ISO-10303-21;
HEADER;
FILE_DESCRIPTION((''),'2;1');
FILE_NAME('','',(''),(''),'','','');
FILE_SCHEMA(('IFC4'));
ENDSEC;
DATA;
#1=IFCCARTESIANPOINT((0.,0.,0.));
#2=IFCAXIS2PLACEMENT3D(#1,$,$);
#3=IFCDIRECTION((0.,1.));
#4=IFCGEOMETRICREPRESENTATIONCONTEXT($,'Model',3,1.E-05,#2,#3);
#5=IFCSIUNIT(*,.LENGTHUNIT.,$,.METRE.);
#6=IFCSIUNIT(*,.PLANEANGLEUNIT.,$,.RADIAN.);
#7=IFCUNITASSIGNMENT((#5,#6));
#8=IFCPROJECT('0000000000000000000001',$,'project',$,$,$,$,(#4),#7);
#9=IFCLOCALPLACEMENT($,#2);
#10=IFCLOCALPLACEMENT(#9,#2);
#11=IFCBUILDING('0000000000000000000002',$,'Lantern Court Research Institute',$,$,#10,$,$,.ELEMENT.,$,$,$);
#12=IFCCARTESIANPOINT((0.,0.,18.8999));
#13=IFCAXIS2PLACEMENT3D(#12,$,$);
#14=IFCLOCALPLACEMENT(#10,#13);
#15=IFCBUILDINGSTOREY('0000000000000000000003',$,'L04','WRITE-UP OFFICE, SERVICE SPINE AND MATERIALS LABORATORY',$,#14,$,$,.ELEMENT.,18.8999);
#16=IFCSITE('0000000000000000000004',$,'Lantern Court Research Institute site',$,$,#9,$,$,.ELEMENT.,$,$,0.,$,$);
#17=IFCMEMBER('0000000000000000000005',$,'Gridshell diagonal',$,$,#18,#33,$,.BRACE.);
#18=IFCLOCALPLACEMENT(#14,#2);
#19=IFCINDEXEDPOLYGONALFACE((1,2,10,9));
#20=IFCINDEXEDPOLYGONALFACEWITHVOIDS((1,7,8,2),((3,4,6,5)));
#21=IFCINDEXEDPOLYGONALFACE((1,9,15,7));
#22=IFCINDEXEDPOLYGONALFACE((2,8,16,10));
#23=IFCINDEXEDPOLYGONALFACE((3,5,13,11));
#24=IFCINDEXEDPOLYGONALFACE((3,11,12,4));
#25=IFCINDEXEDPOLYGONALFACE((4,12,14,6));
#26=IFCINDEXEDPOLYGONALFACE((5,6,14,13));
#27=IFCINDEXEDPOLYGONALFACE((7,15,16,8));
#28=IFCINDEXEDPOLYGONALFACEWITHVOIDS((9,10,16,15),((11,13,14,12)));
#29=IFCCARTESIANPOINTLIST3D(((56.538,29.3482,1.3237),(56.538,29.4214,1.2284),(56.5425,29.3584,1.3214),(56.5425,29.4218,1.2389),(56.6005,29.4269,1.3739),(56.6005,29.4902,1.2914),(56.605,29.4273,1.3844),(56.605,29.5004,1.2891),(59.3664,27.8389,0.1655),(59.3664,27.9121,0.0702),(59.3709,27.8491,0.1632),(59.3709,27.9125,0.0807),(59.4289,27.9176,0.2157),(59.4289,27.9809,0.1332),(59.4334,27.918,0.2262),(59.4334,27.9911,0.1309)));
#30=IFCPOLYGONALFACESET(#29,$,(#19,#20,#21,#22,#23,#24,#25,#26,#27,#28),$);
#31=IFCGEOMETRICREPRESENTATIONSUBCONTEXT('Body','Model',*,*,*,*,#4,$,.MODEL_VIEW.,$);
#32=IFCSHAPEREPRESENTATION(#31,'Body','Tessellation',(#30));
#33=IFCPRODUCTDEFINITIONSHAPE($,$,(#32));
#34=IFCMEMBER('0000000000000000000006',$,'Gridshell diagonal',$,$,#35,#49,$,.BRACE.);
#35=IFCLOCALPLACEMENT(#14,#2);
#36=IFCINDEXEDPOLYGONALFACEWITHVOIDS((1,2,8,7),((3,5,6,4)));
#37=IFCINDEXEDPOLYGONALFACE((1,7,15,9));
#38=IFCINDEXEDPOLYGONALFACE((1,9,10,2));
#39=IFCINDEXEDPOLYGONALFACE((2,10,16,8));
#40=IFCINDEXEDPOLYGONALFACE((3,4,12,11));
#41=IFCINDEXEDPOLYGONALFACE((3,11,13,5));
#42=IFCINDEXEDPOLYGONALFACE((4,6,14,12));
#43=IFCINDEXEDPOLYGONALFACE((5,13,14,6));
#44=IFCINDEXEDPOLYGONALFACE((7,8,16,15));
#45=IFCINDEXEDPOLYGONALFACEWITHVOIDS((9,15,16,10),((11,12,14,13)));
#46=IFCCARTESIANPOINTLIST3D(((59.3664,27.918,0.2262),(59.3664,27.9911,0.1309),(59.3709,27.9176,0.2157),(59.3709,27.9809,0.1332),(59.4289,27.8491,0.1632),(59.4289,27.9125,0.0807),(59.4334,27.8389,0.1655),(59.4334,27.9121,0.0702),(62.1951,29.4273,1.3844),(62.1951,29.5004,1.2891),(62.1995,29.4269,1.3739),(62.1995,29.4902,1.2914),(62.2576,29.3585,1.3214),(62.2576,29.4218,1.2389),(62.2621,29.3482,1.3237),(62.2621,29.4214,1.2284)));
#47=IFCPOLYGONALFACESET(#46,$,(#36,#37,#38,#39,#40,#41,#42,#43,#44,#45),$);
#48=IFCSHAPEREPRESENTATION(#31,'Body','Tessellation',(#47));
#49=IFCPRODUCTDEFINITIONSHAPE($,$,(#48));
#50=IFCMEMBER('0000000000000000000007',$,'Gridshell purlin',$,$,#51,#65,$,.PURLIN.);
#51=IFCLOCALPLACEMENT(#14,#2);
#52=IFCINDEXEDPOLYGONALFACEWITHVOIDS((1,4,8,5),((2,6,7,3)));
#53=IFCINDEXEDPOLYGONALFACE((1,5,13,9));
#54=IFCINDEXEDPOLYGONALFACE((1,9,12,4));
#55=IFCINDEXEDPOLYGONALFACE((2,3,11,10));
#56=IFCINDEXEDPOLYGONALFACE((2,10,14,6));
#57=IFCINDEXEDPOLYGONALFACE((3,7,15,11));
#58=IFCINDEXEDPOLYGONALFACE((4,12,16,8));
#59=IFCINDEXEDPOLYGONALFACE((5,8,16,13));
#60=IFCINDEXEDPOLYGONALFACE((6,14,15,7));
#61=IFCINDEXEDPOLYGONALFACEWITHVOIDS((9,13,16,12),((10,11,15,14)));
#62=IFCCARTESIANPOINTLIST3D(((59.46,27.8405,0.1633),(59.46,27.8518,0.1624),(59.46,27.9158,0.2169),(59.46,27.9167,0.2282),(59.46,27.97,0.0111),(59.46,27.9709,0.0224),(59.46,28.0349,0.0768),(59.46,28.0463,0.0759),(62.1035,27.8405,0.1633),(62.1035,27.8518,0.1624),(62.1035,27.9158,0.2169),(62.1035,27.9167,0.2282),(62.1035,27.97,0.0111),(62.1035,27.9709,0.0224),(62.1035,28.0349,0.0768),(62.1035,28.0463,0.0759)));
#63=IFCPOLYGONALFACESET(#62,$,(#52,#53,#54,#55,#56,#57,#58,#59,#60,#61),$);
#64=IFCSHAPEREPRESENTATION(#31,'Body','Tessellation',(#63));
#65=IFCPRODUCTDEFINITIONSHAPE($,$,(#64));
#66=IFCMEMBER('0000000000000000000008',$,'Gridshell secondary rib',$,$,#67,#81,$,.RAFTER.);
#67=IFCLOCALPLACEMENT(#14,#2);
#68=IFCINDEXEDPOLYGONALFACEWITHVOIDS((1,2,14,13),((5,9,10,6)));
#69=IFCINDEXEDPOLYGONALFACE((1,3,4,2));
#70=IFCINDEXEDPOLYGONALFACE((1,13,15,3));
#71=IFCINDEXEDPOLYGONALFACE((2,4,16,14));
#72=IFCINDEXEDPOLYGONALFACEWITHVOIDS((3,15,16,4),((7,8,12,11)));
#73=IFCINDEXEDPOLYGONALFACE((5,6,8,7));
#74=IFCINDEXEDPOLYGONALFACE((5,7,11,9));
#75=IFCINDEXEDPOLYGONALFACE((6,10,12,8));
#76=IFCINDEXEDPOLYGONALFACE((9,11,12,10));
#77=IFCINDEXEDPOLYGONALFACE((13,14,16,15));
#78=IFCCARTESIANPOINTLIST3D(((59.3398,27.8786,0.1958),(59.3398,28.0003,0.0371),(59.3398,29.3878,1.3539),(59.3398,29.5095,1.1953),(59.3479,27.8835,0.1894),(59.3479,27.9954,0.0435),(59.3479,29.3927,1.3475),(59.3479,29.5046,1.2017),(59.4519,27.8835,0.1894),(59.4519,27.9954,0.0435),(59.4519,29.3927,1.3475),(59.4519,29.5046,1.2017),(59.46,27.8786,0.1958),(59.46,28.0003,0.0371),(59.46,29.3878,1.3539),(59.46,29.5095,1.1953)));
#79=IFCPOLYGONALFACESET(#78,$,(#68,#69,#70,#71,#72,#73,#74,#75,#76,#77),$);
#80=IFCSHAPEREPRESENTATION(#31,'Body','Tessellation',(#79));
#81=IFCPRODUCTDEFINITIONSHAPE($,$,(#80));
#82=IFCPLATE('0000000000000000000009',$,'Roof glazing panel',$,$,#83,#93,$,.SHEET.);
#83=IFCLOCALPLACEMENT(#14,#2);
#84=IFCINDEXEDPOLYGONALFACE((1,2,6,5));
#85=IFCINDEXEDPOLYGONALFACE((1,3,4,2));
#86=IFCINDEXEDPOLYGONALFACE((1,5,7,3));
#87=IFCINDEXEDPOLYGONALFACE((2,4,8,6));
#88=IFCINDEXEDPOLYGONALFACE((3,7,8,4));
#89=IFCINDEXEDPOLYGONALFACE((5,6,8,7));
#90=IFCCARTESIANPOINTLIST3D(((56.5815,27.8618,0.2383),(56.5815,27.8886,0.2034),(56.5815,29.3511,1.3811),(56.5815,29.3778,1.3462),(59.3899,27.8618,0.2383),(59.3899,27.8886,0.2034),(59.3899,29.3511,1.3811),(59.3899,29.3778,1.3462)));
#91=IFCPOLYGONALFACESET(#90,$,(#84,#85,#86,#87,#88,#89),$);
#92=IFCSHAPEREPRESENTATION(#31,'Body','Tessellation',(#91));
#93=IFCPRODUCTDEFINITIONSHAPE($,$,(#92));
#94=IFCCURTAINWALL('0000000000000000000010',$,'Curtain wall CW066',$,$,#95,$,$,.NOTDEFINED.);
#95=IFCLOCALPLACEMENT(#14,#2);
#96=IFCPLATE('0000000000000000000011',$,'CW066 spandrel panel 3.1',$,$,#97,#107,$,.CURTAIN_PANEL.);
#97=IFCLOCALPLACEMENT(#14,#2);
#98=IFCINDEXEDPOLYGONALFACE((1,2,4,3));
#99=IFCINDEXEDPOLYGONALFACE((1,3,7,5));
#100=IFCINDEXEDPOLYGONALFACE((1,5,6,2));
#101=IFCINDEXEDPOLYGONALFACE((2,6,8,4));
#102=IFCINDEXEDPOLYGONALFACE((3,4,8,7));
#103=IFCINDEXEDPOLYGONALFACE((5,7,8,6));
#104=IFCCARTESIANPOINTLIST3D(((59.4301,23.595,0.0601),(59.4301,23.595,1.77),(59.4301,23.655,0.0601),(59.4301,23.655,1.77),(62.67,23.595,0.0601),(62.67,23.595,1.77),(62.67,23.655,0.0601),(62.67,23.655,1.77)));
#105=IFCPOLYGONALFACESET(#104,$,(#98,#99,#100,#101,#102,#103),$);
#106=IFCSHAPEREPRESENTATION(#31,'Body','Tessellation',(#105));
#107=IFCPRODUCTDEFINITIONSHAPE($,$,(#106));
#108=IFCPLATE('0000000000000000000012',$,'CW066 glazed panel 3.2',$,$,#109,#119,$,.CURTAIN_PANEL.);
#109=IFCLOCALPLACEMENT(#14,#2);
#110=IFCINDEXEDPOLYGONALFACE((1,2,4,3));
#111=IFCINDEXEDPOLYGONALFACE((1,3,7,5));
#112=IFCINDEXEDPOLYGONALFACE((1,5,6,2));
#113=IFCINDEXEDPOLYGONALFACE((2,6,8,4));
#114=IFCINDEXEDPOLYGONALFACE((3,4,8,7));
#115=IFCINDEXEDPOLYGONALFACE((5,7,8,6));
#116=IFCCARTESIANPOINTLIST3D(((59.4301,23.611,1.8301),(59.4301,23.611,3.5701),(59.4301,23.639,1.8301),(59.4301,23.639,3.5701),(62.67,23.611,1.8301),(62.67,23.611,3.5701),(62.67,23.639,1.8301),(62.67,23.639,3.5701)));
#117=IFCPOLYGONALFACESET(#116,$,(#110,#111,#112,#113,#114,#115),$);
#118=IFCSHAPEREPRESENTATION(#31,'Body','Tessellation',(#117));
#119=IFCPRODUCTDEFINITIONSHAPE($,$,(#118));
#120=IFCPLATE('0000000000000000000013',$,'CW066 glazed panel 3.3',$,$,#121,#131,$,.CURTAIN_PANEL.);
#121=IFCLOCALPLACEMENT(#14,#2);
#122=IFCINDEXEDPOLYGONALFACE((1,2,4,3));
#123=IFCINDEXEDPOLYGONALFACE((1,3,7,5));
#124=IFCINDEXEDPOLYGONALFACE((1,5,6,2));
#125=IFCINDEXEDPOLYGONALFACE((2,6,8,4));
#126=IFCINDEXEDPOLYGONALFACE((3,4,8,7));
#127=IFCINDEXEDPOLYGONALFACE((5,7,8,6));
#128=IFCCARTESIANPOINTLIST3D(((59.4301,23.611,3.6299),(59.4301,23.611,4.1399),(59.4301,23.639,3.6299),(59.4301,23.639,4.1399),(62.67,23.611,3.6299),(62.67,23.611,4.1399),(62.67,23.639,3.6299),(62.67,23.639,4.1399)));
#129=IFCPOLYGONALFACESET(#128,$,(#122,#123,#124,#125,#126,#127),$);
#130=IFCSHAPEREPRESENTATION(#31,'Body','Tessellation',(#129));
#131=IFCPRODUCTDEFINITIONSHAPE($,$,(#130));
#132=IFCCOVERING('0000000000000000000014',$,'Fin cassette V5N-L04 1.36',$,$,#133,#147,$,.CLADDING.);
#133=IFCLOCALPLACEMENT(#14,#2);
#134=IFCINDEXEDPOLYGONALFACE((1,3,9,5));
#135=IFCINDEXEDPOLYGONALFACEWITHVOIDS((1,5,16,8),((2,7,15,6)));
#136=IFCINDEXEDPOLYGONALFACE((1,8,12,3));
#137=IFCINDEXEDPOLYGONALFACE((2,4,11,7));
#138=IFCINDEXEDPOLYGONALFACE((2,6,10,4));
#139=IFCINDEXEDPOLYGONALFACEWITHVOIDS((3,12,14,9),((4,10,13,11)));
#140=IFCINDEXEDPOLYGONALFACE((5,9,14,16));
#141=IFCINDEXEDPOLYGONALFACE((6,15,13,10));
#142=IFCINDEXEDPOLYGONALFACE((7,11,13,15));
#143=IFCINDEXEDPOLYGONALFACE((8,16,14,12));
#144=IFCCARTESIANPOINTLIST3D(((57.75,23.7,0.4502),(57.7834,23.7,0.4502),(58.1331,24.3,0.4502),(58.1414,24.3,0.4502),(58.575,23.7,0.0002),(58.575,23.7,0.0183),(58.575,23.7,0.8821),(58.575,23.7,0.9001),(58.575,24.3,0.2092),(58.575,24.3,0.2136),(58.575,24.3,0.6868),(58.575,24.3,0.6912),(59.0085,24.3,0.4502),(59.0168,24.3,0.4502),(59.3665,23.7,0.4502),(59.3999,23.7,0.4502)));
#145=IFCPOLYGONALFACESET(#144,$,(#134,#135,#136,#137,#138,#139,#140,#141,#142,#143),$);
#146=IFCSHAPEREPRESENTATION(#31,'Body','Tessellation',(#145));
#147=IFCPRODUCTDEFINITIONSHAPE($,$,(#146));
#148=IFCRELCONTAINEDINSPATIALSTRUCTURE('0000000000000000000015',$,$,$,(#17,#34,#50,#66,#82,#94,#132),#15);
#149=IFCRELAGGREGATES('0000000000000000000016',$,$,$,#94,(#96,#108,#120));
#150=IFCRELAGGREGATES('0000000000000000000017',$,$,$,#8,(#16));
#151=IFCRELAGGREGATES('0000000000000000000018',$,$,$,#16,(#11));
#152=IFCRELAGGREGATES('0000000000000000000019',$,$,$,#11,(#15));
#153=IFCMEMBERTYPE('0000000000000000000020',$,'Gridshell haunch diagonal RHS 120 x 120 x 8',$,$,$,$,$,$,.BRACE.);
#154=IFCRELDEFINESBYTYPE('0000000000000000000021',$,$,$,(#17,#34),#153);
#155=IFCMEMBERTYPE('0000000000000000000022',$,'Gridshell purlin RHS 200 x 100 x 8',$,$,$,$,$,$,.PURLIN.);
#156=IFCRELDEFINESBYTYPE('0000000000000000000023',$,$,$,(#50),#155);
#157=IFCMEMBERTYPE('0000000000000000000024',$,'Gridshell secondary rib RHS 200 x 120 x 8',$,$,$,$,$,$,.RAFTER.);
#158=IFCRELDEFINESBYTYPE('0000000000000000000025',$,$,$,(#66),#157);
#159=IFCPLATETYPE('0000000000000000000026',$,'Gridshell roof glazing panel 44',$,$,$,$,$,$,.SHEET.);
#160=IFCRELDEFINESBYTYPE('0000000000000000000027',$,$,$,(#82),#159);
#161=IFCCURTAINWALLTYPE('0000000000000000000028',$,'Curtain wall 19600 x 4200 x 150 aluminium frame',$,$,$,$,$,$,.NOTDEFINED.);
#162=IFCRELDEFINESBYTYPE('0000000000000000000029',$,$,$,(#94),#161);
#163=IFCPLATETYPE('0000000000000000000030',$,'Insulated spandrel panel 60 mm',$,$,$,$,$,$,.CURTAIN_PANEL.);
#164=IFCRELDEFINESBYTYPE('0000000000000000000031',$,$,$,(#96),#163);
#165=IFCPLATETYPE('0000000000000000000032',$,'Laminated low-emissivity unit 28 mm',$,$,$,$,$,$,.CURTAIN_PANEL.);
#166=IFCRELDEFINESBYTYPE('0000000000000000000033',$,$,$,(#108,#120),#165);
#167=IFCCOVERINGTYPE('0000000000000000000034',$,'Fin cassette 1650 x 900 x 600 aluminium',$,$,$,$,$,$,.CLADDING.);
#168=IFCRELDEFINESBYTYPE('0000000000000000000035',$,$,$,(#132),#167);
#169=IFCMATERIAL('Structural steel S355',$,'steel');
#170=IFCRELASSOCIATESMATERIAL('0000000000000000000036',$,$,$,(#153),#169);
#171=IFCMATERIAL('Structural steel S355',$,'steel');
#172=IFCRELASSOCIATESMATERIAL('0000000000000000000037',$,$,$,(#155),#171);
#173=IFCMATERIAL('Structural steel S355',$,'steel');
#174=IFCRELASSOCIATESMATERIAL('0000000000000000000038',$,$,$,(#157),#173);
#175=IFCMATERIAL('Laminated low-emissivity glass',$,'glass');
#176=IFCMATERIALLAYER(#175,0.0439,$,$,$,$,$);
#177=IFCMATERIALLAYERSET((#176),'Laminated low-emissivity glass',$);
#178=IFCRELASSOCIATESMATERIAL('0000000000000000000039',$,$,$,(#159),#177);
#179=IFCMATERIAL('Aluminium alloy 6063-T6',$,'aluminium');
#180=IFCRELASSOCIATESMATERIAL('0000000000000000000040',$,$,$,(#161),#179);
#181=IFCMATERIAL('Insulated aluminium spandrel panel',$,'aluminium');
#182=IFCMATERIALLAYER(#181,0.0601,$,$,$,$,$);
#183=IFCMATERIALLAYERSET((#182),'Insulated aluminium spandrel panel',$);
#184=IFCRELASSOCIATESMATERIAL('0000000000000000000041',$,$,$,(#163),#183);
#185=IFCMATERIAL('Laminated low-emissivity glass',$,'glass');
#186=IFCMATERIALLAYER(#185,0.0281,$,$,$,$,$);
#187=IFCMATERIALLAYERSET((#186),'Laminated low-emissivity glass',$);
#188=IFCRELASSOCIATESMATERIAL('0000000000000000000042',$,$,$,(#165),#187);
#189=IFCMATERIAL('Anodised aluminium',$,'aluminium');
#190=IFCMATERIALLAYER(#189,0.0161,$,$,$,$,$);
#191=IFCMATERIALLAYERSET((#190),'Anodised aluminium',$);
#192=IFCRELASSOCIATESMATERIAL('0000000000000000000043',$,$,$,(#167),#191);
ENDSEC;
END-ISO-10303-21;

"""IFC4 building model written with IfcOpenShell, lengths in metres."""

from ifc_helpers import new_model, entity, si_unit, direction, frame, origin, origin_2d, place, context, subcontext, project, spatial, polyline, rectangle, hollow_rectangle, outline, extrude, material, layer, layer_set, material_profile, profile_set, type_object, element, aggregate, save


model = new_model("IFC4")

# Units and contexts
model_context = context("Model", 3, precision=1e-05, world=origin(), true_north=direction((0.0, 1.0)))
body_context = subcontext(model_context, "Body", "Model", "MODEL_VIEW")
ifc_project = project(units=[si_unit("LENGTHUNIT", "METRE"), si_unit("PLANEANGLEUNIT", "RADIAN")], contexts=[model_context])

# Site, building, storey
site_placement = place(None, origin())
site = spatial("IfcSite", under=ifc_project, at=site_placement, Name="Lantern Court Research Institute site", CompositionType="ELEMENT", RefElevation=0.0)
building_placement = place(site_placement, origin())
building = spatial("IfcBuilding", under=site, at=building_placement, Name="Lantern Court Research Institute", CompositionType="ELEMENT")
storey_placement = place(building_placement, frame((0.0, 0.0, 18.8999)))
storey = spatial("IfcBuildingStorey", under=building, at=storey_placement, Name="L04", Description="WRITE-UP OFFICE, SERVICE SPINE AND MATERIALS LABORATORY", CompositionType="ELEMENT", Elevation=18.8999)

# Members
ifc_material_1 = material(Name="Structural steel S355", Category="steel")
ifc_material_profile_1 = material_profile(ifc_material_1, hollow_rectangle(XDim=0.1201, YDim=0.1201, WallThickness=0.0081, at=origin_2d()), Name="Gridshell haunch diagonal RHS 120 x 120 x 8")
ifc_profile_set_1 = profile_set([ifc_material_profile_1], Name="Structural steel S355")
member_type_1 = type_object("IfcMemberType", Name="Gridshell haunch diagonal RHS 120 x 120 x 8", PredefinedType="BRACE", material=ifc_profile_set_1)
member_1_placement = place(storey_placement, frame((59.3999, 27.915, 0.1482), z_axis=(-0.829758, 0.442776, 0.339782), x_axis=(-0.558124, -0.658254, -0.505172)))
element("IfcMember", 1, at=member_1_placement, inside=storey, type_object=member_type_1, Name="Gridshell diagonal", PredefinedType="BRACE", context=body_context, shape_type="SweptSolid", body=[
    extrude(hollow_rectangle(XDim=0.1201, YDim=0.1201, WallThickness=0.0081, at=origin_2d()), origin(), (0.0, 0.0, 1.0), 3.4087),
])
member_2_placement = place(storey_placement, frame((59.3999, 27.915, 0.1482), z_axis=(0.82978, 0.44275, 0.339761), x_axis=(-0.558091, 0.65828, 0.505176)))
element("IfcMember", 2, at=member_2_placement, inside=storey, type_object=member_type_1, Name="Gridshell diagonal", PredefinedType="BRACE", context=body_context, shape_type="SweptSolid", body=[
    extrude(hollow_rectangle(XDim=0.1201, YDim=0.1201, WallThickness=0.0081, at=origin_2d()), origin(), (0.0, 0.0, 1.0), 3.4089),
])
ifc_material_2 = material(Name="Structural steel S355", Category="steel")
ifc_material_profile_2 = material_profile(ifc_material_2, hollow_rectangle(XDim=0.1001, YDim=0.2, WallThickness=0.0081, at=origin_2d()), Name="Gridshell purlin RHS 200 x 100 x 8")
ifc_profile_set_2 = profile_set([ifc_material_profile_2], Name="Structural steel S355")
member_type_2 = type_object("IfcMemberType", Name="Gridshell purlin RHS 200 x 100 x 8", PredefinedType="PURLIN", material=ifc_profile_set_2)
member_3_placement = place(storey_placement, frame((59.46, 27.9434, 0.1196), z_axis=(1.0, 0.0, 0.0), x_axis=(0.0, 0.761673, 0.647962)))
element("IfcMember", 3, at=member_3_placement, inside=storey, type_object=member_type_2, Name="Gridshell purlin", PredefinedType="PURLIN", context=body_context, shape_type="SweptSolid", body=[
    extrude(hollow_rectangle(XDim=0.1001, YDim=0.2, WallThickness=0.0081, at=origin_2d()), origin(), (0.0, 0.0, 1.0), 2.6436),
])
ifc_material_3 = material(Name="Structural steel S355", Category="steel")
ifc_material_profile_3 = material_profile(ifc_material_3, hollow_rectangle(XDim=0.1201, YDim=0.2, WallThickness=0.0081, at=origin_2d()), Name="Gridshell secondary rib RHS 200 x 120 x 8")
ifc_profile_set_3 = profile_set([ifc_material_profile_3], Name="Structural steel S355")
member_type_3 = type_object("IfcMemberType", Name="Gridshell secondary rib RHS 200 x 120 x 8", PredefinedType="RAFTER", material=ifc_profile_set_3)
member_4_placement = place(storey_placement, frame((59.3999, 27.9395, 0.1165), z_axis=(0.0, 0.79333, 0.608792), x_axis=(-1.0, 0.0, 0.0)))
element("IfcMember", 4, at=member_4_placement, inside=storey, type_object=member_type_3, Name="Gridshell secondary rib", PredefinedType="RAFTER", context=body_context, shape_type="SweptSolid", body=[
    extrude(hollow_rectangle(XDim=0.1201, YDim=0.2, WallThickness=0.0081, at=origin_2d()), origin(), (0.0, 0.0, 1.0), 1.9023),
])

# Plate
ifc_material_4 = material(Name="Laminated low-emissivity glass", Category="glass")
ifc_layer_1 = layer(ifc_material_4, 0.0439)
ifc_layer_set_1 = layer_set([ifc_layer_1], Name="Laminated low-emissivity glass")
plate_type_1 = type_object("IfcPlateType", Name="Gridshell roof glazing panel 44", PredefinedType="SHEET", material=ifc_layer_set_1)
plate_1_placement = place(storey_placement, frame((59.3899, 27.8618, 0.2383), z_axis=(0.0, -0.608786, 0.793334), x_axis=(-1.0, 0.0, 0.0)))
element("IfcPlate", 5, at=plate_1_placement, inside=storey, type_object=plate_type_1, Name="Roof glazing panel", PredefinedType="SHEET", context=body_context, shape_type="SweptSolid", body=[
    extrude(outline(polyline([(0.0, 0.0), (2.8083, 0.0), (2.8083, -1.8772), (0.0, -1.8772), (0.0, 0.0)])), origin(), (0.0, 0.0, -1.0), 0.0439),
])

# Curtain wall, plates
ifc_material_5 = material(Name="Aluminium alloy 6063-T6", Category="aluminium")
curtain_wall_type = type_object("IfcCurtainWallType", Name="Curtain wall 19600 x 4200 x 150 aluminium frame", PredefinedType="NOTDEFINED", material=ifc_material_5)
curtain_wall_placement = place(storey_placement, origin())
curtain_wall = element("IfcCurtainWall", 6, at=curtain_wall_placement, inside=storey, type_object=curtain_wall_type, Name="Curtain wall CW066", PredefinedType="NOTDEFINED")
ifc_material_6 = material(Name="Insulated aluminium spandrel panel", Category="aluminium")
ifc_layer_2 = layer(ifc_material_6, 0.0601)
ifc_layer_set_2 = layer_set([ifc_layer_2], Name="Insulated aluminium spandrel panel")
plate_type_2 = type_object("IfcPlateType", Name="Insulated spandrel panel 60 mm", PredefinedType="CURTAIN_PANEL", material=ifc_layer_set_2)
plate_2_placement = place(storey_placement, frame((61.05, 23.625, 0.0601), z_axis=(0.0, 0.0, 1.0), x_axis=(1.0, 0.0, 0.0)))
plate_2 = element("IfcPlate", 7, at=plate_2_placement, type_object=plate_type_2, Name="CW066 spandrel panel 3.1", PredefinedType="CURTAIN_PANEL", context=body_context, shape_type="SweptSolid", body=[
    extrude(rectangle(XDim=3.24, YDim=0.0601, at=origin_2d()), origin(), (0.0, 0.0, 1.0), 1.71),
])
ifc_material_7 = material(Name="Laminated low-emissivity glass", Category="glass")
ifc_layer_3 = layer(ifc_material_7, 0.0281)
ifc_layer_set_3 = layer_set([ifc_layer_3], Name="Laminated low-emissivity glass")
plate_type_3 = type_object("IfcPlateType", Name="Laminated low-emissivity unit 28 mm", PredefinedType="CURTAIN_PANEL", material=ifc_layer_set_3)
plate_3_placement = place(storey_placement, frame((61.05, 23.625, 1.8301), z_axis=(0.0, 0.0, 1.0), x_axis=(1.0, 0.0, 0.0)))
plate_3 = element("IfcPlate", 8, at=plate_3_placement, type_object=plate_type_3, Name="CW066 glazed panel 3.2", PredefinedType="CURTAIN_PANEL", context=body_context, shape_type="SweptSolid", body=[
    extrude(rectangle(XDim=3.24, YDim=0.0281, at=origin_2d()), origin(), (0.0, 0.0, 1.0), 1.74),
])
plate_4_placement = place(storey_placement, frame((61.05, 23.625, 3.6299), z_axis=(0.0, 0.0, 1.0), x_axis=(1.0, 0.0, 0.0)))
plate_4 = element("IfcPlate", 9, at=plate_4_placement, type_object=plate_type_3, Name="CW066 glazed panel 3.3", PredefinedType="CURTAIN_PANEL", context=body_context, shape_type="SweptSolid", body=[
    extrude(rectangle(XDim=3.24, YDim=0.0281, at=origin_2d()), origin(), (0.0, 0.0, 1.0), 0.51),
])
aggregate(curtain_wall, [plate_2, plate_3, plate_4])

# Covering
ifc_material_8 = material(Name="Anodised aluminium", Category="aluminium")
ifc_layer_4 = layer(ifc_material_8, 0.0161)
ifc_layer_set_4 = layer_set([ifc_layer_4], Name="Anodised aluminium")
covering_type_1 = type_object("IfcCoveringType", Name="Fin cassette 1650 x 900 x 600 aluminium", PredefinedType="CLADDING", material=ifc_layer_set_4)
covering_1_placement = place(storey_placement, frame((58.575, 23.7, 0.4502), z_axis=(0.0, 1.0, 0.0), x_axis=(-1.0, 0.0, 0.0)))
cartesian_point_1 = entity("IfcCartesianPoint", [0.825, 0.0])
cartesian_point_2 = entity("IfcCartesianPoint", [0.7915, 0.0])
cartesian_point_3 = entity("IfcCartesianPoint", [0.4419, 0.0])
cartesian_point_4 = entity("IfcCartesianPoint", [0.4336, 0.0])
element("IfcCovering", 10, at=covering_1_placement, inside=storey, type_object=covering_type_1, Name="Fin cassette V5N-L04 1.36", PredefinedType="CLADDING", context=body_context, shape_type="SweptSolid", body=[
    entity("IfcExtrudedAreaSolidTapered", entity("IfcArbitraryProfileDefWithVoids", "AREA", None, entity("IfcPolyline", [cartesian_point_1, entity("IfcCartesianPoint", [0.0, 0.45]), entity("IfcCartesianPoint", [-0.825, 0.0]), entity("IfcCartesianPoint", [0.0, -0.45]), cartesian_point_1]), [entity("IfcPolyline", [cartesian_point_2, entity("IfcCartesianPoint", [0.0, 0.4319]), entity("IfcCartesianPoint", [-0.7915, 0.0]), entity("IfcCartesianPoint", [0.0, -0.4319]), cartesian_point_2])]), entity("IfcAxis2Placement3D", entity("IfcCartesianPoint", [0.0, 0.0, 0.0])), entity("IfcDirection", [0.0, 0.0, 1.0]), 0.6001, entity("IfcArbitraryProfileDefWithVoids", "AREA", None, entity("IfcPolyline", [cartesian_point_3, entity("IfcCartesianPoint", [0.0, 0.241]), entity("IfcCartesianPoint", [-0.4419, 0.0]), entity("IfcCartesianPoint", [0.0, -0.241]), cartesian_point_3]), [entity("IfcPolyline", [cartesian_point_4, entity("IfcCartesianPoint", [0.0, 0.2366]), entity("IfcCartesianPoint", [-0.4336, 0.0]), entity("IfcCartesianPoint", [0.0, -0.2366]), cartesian_point_4])])),
])

save(model, "model.ifc")
